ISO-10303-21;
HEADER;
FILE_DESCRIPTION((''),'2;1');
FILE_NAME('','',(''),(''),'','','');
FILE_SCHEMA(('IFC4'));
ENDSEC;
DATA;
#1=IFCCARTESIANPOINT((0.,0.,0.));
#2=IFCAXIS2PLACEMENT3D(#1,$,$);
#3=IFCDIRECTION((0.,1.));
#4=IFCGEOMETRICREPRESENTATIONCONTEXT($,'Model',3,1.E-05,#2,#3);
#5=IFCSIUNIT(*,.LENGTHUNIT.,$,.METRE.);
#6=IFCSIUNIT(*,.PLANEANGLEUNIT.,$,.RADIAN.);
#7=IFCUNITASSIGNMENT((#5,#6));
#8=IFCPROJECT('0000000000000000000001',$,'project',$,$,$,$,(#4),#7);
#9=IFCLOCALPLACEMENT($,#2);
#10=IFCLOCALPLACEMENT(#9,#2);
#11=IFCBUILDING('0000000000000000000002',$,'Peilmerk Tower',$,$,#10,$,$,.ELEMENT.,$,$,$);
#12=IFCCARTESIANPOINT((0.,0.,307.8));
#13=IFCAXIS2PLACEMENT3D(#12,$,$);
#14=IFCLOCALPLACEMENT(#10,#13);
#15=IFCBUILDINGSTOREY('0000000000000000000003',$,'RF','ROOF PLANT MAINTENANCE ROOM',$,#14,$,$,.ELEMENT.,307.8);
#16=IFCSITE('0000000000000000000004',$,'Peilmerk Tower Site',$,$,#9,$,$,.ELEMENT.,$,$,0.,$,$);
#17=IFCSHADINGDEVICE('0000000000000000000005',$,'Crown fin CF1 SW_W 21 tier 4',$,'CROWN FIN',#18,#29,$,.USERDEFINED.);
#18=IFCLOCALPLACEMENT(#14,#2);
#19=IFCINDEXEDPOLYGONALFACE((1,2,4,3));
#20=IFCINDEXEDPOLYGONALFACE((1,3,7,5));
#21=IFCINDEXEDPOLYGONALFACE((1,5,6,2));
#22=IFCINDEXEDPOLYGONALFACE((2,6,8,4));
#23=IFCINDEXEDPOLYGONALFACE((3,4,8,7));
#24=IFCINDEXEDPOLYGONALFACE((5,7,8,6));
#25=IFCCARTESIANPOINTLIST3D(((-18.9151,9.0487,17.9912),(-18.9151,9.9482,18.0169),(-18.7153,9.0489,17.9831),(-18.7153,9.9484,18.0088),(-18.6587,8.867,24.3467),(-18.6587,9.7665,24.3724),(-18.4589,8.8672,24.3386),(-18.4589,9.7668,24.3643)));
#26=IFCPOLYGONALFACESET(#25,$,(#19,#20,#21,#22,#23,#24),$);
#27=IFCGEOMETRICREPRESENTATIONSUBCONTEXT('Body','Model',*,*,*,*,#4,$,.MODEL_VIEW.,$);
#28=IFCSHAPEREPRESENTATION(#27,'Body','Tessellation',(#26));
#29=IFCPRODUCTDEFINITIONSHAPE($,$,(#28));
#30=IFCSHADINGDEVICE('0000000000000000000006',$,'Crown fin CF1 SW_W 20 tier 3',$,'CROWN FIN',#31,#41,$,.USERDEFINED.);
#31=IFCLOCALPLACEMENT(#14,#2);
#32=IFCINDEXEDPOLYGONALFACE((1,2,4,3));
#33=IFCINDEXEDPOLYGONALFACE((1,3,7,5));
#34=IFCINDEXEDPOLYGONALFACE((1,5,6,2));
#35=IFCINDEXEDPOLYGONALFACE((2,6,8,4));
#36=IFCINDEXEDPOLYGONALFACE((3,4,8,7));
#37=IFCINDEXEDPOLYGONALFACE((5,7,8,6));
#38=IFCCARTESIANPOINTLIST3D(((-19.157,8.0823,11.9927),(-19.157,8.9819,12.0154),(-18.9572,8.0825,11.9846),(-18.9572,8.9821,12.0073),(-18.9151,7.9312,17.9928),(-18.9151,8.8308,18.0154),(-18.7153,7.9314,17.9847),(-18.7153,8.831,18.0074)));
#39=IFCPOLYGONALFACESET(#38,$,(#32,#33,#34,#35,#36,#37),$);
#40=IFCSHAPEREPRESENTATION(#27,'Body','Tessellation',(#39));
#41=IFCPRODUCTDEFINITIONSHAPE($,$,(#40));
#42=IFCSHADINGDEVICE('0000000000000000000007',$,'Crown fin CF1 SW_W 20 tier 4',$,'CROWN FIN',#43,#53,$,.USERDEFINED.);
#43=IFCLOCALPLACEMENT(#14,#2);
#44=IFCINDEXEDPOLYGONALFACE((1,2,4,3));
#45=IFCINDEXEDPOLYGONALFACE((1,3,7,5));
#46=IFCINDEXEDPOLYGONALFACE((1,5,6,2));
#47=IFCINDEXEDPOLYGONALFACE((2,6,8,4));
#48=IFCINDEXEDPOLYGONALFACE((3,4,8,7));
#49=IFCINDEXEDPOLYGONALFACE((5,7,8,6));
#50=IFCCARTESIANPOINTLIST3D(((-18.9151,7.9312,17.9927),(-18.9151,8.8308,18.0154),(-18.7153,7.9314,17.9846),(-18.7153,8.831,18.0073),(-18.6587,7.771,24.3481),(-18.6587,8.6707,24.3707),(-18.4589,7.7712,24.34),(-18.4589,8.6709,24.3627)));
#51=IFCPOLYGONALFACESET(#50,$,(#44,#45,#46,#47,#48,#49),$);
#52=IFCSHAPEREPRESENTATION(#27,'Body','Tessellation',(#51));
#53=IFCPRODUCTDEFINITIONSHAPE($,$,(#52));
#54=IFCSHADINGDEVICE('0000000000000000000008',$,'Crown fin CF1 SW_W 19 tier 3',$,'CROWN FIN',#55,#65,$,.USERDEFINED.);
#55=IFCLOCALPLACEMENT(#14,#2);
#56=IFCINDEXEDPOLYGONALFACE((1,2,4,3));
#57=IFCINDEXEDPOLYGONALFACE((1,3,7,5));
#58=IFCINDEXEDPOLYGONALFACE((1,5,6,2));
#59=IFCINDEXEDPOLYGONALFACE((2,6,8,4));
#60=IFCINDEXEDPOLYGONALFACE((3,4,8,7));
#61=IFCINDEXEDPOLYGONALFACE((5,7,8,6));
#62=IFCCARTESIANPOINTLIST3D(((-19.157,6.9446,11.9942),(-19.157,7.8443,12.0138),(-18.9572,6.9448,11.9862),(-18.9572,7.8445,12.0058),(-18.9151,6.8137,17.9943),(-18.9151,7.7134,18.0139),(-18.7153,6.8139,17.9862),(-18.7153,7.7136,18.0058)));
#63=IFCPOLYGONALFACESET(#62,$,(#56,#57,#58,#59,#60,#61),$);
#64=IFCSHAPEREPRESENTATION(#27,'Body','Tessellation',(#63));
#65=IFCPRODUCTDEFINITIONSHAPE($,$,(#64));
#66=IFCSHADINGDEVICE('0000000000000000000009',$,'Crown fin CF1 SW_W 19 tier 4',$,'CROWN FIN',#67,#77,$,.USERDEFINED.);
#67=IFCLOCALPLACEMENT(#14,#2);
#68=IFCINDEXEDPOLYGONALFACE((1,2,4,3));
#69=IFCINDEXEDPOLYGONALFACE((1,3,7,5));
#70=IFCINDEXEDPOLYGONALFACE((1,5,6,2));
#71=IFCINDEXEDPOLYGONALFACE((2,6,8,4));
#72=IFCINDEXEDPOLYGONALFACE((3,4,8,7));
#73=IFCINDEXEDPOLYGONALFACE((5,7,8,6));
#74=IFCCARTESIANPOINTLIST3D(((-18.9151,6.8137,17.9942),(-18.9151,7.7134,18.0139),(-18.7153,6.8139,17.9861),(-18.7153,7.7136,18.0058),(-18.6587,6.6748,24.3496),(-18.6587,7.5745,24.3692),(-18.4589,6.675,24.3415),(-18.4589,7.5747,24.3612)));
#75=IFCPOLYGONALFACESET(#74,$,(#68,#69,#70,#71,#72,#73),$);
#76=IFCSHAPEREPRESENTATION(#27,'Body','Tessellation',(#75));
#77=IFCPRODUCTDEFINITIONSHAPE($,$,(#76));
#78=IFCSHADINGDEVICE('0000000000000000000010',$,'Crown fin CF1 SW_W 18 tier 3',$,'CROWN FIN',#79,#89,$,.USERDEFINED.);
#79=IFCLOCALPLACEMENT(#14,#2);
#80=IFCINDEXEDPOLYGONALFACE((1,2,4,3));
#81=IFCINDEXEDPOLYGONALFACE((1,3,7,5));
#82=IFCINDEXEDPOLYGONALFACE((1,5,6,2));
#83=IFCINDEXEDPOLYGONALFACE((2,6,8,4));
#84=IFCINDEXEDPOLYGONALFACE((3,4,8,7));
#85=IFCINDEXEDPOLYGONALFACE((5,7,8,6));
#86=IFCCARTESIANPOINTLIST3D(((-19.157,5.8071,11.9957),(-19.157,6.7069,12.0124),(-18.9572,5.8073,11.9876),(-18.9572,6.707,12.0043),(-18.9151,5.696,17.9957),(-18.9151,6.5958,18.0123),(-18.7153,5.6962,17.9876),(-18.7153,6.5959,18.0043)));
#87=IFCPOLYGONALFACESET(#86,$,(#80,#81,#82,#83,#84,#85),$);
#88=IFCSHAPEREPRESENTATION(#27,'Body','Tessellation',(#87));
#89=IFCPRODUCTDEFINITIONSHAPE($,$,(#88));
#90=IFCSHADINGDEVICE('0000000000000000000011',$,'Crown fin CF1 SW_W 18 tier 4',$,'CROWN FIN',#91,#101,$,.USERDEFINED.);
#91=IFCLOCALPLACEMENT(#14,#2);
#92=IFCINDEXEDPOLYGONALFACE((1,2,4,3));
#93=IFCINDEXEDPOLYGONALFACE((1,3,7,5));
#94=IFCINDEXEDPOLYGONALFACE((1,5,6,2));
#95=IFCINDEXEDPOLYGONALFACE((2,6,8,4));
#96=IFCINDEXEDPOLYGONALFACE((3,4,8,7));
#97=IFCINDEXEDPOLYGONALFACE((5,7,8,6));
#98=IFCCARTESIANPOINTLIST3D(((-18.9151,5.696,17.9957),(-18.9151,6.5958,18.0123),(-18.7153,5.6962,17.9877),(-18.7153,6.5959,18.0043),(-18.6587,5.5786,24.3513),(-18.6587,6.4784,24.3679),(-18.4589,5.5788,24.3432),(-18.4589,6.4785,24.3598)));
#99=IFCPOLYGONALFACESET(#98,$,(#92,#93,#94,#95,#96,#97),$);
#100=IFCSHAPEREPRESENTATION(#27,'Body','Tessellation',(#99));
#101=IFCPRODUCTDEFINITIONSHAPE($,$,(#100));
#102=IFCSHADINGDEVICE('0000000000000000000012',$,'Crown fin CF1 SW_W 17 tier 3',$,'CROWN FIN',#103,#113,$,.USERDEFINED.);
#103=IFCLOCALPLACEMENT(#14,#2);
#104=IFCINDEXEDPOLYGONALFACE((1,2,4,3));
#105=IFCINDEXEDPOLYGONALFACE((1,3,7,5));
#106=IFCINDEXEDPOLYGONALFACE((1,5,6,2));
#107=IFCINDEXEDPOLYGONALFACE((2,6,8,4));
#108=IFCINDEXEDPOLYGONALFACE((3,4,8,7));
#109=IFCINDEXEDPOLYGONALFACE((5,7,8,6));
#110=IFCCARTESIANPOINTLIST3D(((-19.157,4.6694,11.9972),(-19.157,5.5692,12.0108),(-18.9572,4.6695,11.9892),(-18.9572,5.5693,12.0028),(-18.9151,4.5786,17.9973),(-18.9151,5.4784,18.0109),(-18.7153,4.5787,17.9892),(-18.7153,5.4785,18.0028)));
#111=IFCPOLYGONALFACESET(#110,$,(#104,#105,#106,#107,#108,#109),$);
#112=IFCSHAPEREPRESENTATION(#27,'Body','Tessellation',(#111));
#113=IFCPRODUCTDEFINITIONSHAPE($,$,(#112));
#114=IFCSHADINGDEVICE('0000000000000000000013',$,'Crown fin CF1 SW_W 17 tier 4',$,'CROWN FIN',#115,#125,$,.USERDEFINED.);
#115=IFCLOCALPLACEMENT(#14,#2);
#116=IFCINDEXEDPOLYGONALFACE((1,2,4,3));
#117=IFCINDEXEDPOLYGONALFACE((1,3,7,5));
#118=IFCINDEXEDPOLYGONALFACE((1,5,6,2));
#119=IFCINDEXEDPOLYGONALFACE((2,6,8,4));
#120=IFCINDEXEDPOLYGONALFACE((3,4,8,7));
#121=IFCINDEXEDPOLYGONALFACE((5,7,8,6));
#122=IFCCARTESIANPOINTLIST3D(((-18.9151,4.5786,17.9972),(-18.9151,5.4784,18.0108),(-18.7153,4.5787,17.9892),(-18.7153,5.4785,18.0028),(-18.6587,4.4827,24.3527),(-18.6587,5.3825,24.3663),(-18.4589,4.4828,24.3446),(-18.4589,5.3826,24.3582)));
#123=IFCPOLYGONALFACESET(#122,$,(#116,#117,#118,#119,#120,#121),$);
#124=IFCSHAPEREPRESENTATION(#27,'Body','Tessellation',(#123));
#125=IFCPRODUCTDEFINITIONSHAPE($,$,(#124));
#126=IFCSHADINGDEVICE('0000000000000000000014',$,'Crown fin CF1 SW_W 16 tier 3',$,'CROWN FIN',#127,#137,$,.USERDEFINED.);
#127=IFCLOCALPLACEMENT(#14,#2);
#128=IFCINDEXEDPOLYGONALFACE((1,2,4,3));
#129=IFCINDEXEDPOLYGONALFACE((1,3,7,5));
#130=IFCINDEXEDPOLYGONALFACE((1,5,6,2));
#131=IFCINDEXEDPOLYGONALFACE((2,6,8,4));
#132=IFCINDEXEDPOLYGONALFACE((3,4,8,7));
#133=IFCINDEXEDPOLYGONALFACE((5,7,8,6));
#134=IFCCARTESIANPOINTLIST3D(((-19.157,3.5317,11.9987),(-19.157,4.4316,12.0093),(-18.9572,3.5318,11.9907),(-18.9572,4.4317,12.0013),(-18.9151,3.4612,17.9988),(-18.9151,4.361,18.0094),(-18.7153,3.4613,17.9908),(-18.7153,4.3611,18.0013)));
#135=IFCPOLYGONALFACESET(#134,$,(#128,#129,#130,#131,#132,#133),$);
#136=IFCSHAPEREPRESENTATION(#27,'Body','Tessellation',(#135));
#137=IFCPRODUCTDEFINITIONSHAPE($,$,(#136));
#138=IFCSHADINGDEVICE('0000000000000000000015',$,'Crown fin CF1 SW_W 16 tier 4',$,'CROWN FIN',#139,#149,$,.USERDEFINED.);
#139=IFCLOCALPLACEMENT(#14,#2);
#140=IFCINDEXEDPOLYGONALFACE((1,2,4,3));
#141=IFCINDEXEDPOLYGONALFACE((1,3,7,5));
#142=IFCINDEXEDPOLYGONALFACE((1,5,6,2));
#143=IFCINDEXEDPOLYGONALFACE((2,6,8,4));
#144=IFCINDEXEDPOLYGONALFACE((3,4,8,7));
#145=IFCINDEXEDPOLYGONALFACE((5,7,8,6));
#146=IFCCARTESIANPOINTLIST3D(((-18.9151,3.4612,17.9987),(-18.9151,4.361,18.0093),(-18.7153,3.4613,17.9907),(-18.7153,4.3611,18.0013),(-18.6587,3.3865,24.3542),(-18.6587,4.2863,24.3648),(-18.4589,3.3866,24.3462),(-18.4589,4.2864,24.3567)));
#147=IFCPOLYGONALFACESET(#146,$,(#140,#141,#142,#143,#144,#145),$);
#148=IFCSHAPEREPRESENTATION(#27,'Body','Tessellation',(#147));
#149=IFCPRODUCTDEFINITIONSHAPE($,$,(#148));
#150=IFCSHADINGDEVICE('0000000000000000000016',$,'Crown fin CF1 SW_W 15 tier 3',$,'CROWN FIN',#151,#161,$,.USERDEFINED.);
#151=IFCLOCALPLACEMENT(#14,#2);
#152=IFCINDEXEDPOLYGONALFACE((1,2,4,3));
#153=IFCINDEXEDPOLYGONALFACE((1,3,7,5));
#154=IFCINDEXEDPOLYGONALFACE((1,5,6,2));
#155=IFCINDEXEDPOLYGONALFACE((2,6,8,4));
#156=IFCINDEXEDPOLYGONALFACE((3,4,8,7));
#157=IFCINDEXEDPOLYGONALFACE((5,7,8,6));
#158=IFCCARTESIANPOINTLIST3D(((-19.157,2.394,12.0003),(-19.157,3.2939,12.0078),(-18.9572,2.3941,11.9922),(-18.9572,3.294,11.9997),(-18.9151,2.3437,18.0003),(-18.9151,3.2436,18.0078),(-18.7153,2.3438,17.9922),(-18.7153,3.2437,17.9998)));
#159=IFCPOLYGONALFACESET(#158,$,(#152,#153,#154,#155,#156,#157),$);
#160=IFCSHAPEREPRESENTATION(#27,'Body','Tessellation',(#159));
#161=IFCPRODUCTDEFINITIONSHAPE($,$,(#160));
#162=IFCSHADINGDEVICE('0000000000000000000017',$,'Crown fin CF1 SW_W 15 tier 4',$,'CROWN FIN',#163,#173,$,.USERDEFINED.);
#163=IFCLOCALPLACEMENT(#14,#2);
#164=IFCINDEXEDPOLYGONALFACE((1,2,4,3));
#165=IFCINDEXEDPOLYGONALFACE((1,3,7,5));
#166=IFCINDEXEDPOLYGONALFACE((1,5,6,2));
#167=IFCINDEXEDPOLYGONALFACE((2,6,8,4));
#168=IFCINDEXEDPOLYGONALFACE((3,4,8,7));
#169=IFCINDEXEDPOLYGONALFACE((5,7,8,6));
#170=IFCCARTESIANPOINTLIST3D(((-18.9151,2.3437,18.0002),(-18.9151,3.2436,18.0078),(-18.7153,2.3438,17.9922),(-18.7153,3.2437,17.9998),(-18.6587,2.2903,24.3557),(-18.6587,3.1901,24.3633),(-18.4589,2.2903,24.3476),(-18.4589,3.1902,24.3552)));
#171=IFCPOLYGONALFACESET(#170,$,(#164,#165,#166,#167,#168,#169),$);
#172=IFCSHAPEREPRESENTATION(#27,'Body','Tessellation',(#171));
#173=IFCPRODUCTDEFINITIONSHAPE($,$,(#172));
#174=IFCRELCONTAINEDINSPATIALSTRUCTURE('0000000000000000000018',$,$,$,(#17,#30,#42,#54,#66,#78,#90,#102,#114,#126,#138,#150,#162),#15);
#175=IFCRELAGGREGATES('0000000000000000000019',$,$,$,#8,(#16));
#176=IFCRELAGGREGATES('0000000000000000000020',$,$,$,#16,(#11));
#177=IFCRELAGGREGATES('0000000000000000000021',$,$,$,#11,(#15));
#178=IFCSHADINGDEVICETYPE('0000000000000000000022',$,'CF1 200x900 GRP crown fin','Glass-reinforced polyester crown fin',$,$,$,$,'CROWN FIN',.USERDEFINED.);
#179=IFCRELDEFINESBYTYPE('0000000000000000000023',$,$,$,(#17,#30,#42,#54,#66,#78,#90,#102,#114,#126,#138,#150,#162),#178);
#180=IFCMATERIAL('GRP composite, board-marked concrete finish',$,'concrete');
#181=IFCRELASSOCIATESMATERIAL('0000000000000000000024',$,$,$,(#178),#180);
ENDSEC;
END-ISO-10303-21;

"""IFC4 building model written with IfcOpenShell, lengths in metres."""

from ifc_helpers import new_model, si_unit, direction, frame, origin, origin_2d, place, context, subcontext, project, spatial, rectangle, extrude, source, transform, mapped, material, material_profile, profile_set, type_object, element, save


model = new_model("IFC4")

# Units and contexts
model_context = context("Model", 3, precision=1e-05, world=origin(), true_north=direction((0.0, 1.0)))
body_context = subcontext(model_context, "Body", "Model", "MODEL_VIEW")
ifc_project = project(units=[si_unit("LENGTHUNIT", "METRE"), si_unit("PLANEANGLEUNIT", "RADIAN")], contexts=[model_context])

# Site, building, storey
site_placement = place(None, origin())
site = spatial("IfcSite", under=ifc_project, at=site_placement, Name="Peilmerk Tower Site", CompositionType="ELEMENT", RefElevation=0.0)
building_placement = place(site_placement, origin())
building = spatial("IfcBuilding", under=site, at=building_placement, Name="Peilmerk Tower", CompositionType="ELEMENT")
storey_placement = place(building_placement, frame((0.0, 0.0, 307.8)))
storey = spatial("IfcBuildingStorey", under=building, at=storey_placement, Name="RF", Description="ROOF PLANT MAINTENANCE ROOM", CompositionType="ELEMENT", Elevation=307.8)

# Shading devices
ifc_material_1 = material(Name="GRP composite, board-marked concrete finish", Category="concrete")
ifc_material_profile = material_profile(ifc_material_1, rectangle(XDim=0.2, YDim=0.8999, at=origin_2d()), Name="CF1 200x900")
ifc_profile_set = profile_set([ifc_material_profile], Name="GRP composite, board-marked concrete finish")
shading_device_type = type_object("IfcShadingDeviceType", Name="CF1 200x900 GRP crown fin", Description="Glass-reinforced polyester crown fin", ElementType="CROWN FIN", PredefinedType="USERDEFINED", material=ifc_profile_set)
shared_shape_1 = source(origin(), body_context, "Body", "SweptSolid", [
    extrude(rectangle(XDim=0.2, YDim=0.8999, at=origin_2d()), origin(), (0.0, 0.0, 1.0), 6.3633),
])
shading_device_1_placement = place(storey_placement, frame((-18.8152, 9.4985, 18.0), z_axis=(0.040286, -0.028545, 0.99878), x_axis=(-0.999188, -0.001151, 0.040269)))
element("IfcShadingDevice", 1, at=shading_device_1_placement, inside=storey, type_object=shading_device_type, Name="Crown fin CF1 SW_W 21 tier 4", ObjectType="CROWN FIN", PredefinedType="USERDEFINED", context=body_context, shape_type="MappedRepresentation", body=[
    mapped(shared_shape_1, transform((0.0, 0.0, 0.0), scale=1.0)),
])
shared_shape_2 = source(origin(), body_context, "Body", "SweptSolid", [
    extrude(rectangle(XDim=0.2, YDim=0.8999, at=origin_2d()), origin(), (0.0, 0.0, 1.0), 6.0068),
])
shading_device_2_placement = place(storey_placement, frame((-19.0571, 8.5322, 12.0), z_axis=(0.040278, -0.025159, 0.998872), x_axis=(-0.999188, -0.001014, 0.040266)))
element("IfcShadingDevice", 2, at=shading_device_2_placement, inside=storey, type_object=shading_device_type, Name="Crown fin CF1 SW_W 20 tier 3", ObjectType="CROWN FIN", PredefinedType="USERDEFINED", context=body_context, shape_type="MappedRepresentation", body=[
    mapped(shared_shape_2, transform((0.0, 0.0, 0.0), scale=1.0)),
])
shared_shape_3 = source(origin(), body_context, "Body", "SweptSolid", [
    extrude(rectangle(XDim=0.2, YDim=0.8999, at=origin_2d()), origin(), (0.0, 0.0, 1.0), 6.3625),
])
shading_device_3_placement = place(storey_placement, frame((-18.8152, 8.3811, 18.0), z_axis=(0.040289, -0.025171, 0.998871), x_axis=(-0.999188, -0.001015, 0.040277)))
element("IfcShadingDevice", 3, at=shading_device_3_placement, inside=storey, type_object=shading_device_type, Name="Crown fin CF1 SW_W 20 tier 4", ObjectType="CROWN FIN", PredefinedType="USERDEFINED", context=body_context, shape_type="MappedRepresentation", body=[
    mapped(shared_shape_3, transform((0.0, 0.0, 0.0), scale=1.0)),
])
shared_shape_4 = source(origin(), body_context, "Body", "SweptSolid", [
    extrude(rectangle(XDim=0.2, YDim=0.8999, at=origin_2d()), origin(), (0.0, 0.0, 1.0), 6.0063),
])
shading_device_4_placement = place(storey_placement, frame((-19.0571, 7.3945, 12.0), z_axis=(0.040282, -0.021787, 0.998951), x_axis=(-0.999188, -0.000878, 0.040272)))
element("IfcShadingDevice", 4, at=shading_device_4_placement, inside=storey, type_object=shading_device_type, Name="Crown fin CF1 SW_W 19 tier 3", ObjectType="CROWN FIN", PredefinedType="USERDEFINED", context=body_context, shape_type="MappedRepresentation", body=[
    mapped(shared_shape_4, transform((0.0, 0.0, 0.0), scale=1.0)),
])
shared_shape_5 = source(origin(), body_context, "Body", "SweptSolid", [
    extrude(rectangle(XDim=0.2, YDim=0.8999, at=origin_2d()), origin(), (0.0, 0.0, 1.0), 6.3621),
])
shading_device_5_placement = place(storey_placement, frame((-18.8152, 7.2637, 18.0), z_axis=(0.040293, -0.021835, 0.998949), x_axis=(-0.999188, -0.00088, 0.040283)))
element("IfcShadingDevice", 5, at=shading_device_5_placement, inside=storey, type_object=shading_device_type, Name="Crown fin CF1 SW_W 19 tier 4", ObjectType="CROWN FIN", PredefinedType="USERDEFINED", context=body_context, shape_type="MappedRepresentation", body=[
    mapped(shared_shape_5, transform((0.0, 0.0, 0.0), scale=1.0)),
])
shared_shape_6 = source(origin(), body_context, "Body", "SweptSolid", [
    extrude(rectangle(XDim=0.2, YDim=0.8999, at=origin_2d()), origin(), (0.0, 0.0, 1.0), 6.0059),
])
shading_device_6_placement = place(storey_placement, frame((-19.0571, 6.2571, 12.0), z_axis=(0.040284, -0.018496, 0.999017), x_axis=(-0.999188, -0.000746, 0.040277)))
element("IfcShadingDevice", 6, at=shading_device_6_placement, inside=storey, type_object=shading_device_type, Name="Crown fin CF1 SW_W 18 tier 3", ObjectType="CROWN FIN", PredefinedType="USERDEFINED", context=body_context, shape_type="MappedRepresentation", body=[
    mapped(shared_shape_6, transform((0.0, 0.0, 0.0), scale=1.0)),
])
shared_shape_7 = source(origin(), body_context, "Body", "SweptSolid", [
    extrude(rectangle(XDim=0.2, YDim=0.8999, at=origin_2d()), origin(), (0.0, 0.0, 1.0), 6.3618),
])
shading_device_7_placement = place(storey_placement, frame((-18.8152, 6.146, 18.0), z_axis=(0.040295, -0.018459, 0.999017), x_axis=(-0.999188, -0.000744, 0.040288)))
element("IfcShadingDevice", 7, at=shading_device_7_placement, inside=storey, type_object=shading_device_type, Name="Crown fin CF1 SW_W 18 tier 4", ObjectType="CROWN FIN", PredefinedType="USERDEFINED", context=body_context, shape_type="MappedRepresentation", body=[
    mapped(shared_shape_7, transform((0.0, 0.0, 0.0), scale=1.0)),
])
shared_shape_8 = source(origin(), body_context, "Body", "SweptSolid", [
    extrude(rectangle(XDim=0.2, YDim=0.8999, at=origin_2d()), origin(), (0.0, 0.0, 1.0), 6.0056),
])
shading_device_8_placement = place(storey_placement, frame((-19.0571, 5.1194, 12.0), z_axis=(0.040287, -0.015123, 0.999074), x_axis=(-0.999188, -0.00061, 0.040282)))
element("IfcShadingDevice", 8, at=shading_device_8_placement, inside=storey, type_object=shading_device_type, Name="Crown fin CF1 SW_W 17 tier 3", ObjectType="CROWN FIN", PredefinedType="USERDEFINED", context=body_context, shape_type="MappedRepresentation", body=[
    mapped(shared_shape_8, transform((0.0, 0.0, 0.0), scale=1.0)),
])
shared_shape_9 = source(origin(), body_context, "Body", "SweptSolid", [
    extrude(rectangle(XDim=0.2, YDim=0.8999, at=origin_2d()), origin(), (0.0, 0.0, 1.0), 6.3613),
])
shading_device_9_placement = place(storey_placement, frame((-18.8152, 5.0286, 18.0), z_axis=(0.040298, -0.015083, 0.999074), x_axis=(-0.999188, -0.000608, 0.040293)))
element("IfcShadingDevice", 9, at=shading_device_9_placement, inside=storey, type_object=shading_device_type, Name="Crown fin CF1 SW_W 17 tier 4", ObjectType="CROWN FIN", PredefinedType="USERDEFINED", context=body_context, shape_type="MappedRepresentation", body=[
    mapped(shared_shape_9, transform((0.0, 0.0, 0.0), scale=1.0)),
])
shared_shape_10 = source(origin(), body_context, "Body", "SweptSolid", [
    extrude(rectangle(XDim=0.2, YDim=0.8999, at=origin_2d()), origin(), (0.0, 0.0, 1.0), 6.0054),
])
shading_device_10_placement = place(storey_placement, frame((-19.0571, 3.9817, 12.0), z_axis=(0.040288, -0.011749, 0.999119), x_axis=(-0.999188, -0.000474, 0.040286)))
element("IfcShadingDevice", 10, at=shading_device_10_placement, inside=storey, type_object=shading_device_type, Name="Crown fin CF1 SW_W 16 tier 3", ObjectType="CROWN FIN", PredefinedType="USERDEFINED", context=body_context, shape_type="MappedRepresentation", body=[
    mapped(shared_shape_10, transform((0.0, 0.0, 0.0), scale=1.0)),
])
shared_shape_11 = source(origin(), body_context, "Body", "SweptSolid", [
    extrude(rectangle(XDim=0.2, YDim=0.8999, at=origin_2d()), origin(), (0.0, 0.0, 1.0), 6.3611),
])
shading_device_11_placement = place(storey_placement, frame((-18.8152, 3.9111, 18.0), z_axis=(0.040299, -0.011744, 0.999119), x_axis=(-0.999188, -0.000474, 0.040297)))
element("IfcShadingDevice", 11, at=shading_device_11_placement, inside=storey, type_object=shading_device_type, Name="Crown fin CF1 SW_W 16 tier 4", ObjectType="CROWN FIN", PredefinedType="USERDEFINED", context=body_context, shape_type="MappedRepresentation", body=[
    mapped(shared_shape_11, transform((0.0, 0.0, 0.0), scale=1.0)),
])
shared_shape_12 = source(origin(), body_context, "Body", "SweptSolid", [
    extrude(rectangle(XDim=0.2, YDim=0.8999, at=origin_2d()), origin(), (0.0, 0.0, 1.0), 6.0051),
])
shading_device_12_placement = place(storey_placement, frame((-19.0571, 2.844, 12.0), z_axis=(0.04029, -0.008375, 0.999153), x_axis=(-0.999188, -0.000338, 0.040288)))
element("IfcShadingDevice", 12, at=shading_device_12_placement, inside=storey, type_object=shading_device_type, Name="Crown fin CF1 SW_W 15 tier 3", ObjectType="CROWN FIN", PredefinedType="USERDEFINED", context=body_context, shape_type="MappedRepresentation", body=[
    mapped(shared_shape_12, transform((0.0, 0.0, 0.0), scale=1.0)),
])
shared_shape_13 = source(origin(), body_context, "Body", "SweptSolid", [
    extrude(rectangle(XDim=0.2, YDim=0.8999, at=origin_2d()), origin(), (0.0, 0.0, 1.0), 6.3608),
])
shading_device_13_placement = place(storey_placement, frame((-18.8152, 2.7937, 18.0), z_axis=(0.040301, -0.008406, 0.999152), x_axis=(-0.999188, -0.000339, 0.040299)))
element("IfcShadingDevice", 13, at=shading_device_13_placement, inside=storey, type_object=shading_device_type, Name="Crown fin CF1 SW_W 15 tier 4", ObjectType="CROWN FIN", PredefinedType="USERDEFINED", context=body_context, shape_type="MappedRepresentation", body=[
    mapped(shared_shape_13, transform((0.0, 0.0, 0.0), scale=1.0)),
])

save(model, "model.ifc")
